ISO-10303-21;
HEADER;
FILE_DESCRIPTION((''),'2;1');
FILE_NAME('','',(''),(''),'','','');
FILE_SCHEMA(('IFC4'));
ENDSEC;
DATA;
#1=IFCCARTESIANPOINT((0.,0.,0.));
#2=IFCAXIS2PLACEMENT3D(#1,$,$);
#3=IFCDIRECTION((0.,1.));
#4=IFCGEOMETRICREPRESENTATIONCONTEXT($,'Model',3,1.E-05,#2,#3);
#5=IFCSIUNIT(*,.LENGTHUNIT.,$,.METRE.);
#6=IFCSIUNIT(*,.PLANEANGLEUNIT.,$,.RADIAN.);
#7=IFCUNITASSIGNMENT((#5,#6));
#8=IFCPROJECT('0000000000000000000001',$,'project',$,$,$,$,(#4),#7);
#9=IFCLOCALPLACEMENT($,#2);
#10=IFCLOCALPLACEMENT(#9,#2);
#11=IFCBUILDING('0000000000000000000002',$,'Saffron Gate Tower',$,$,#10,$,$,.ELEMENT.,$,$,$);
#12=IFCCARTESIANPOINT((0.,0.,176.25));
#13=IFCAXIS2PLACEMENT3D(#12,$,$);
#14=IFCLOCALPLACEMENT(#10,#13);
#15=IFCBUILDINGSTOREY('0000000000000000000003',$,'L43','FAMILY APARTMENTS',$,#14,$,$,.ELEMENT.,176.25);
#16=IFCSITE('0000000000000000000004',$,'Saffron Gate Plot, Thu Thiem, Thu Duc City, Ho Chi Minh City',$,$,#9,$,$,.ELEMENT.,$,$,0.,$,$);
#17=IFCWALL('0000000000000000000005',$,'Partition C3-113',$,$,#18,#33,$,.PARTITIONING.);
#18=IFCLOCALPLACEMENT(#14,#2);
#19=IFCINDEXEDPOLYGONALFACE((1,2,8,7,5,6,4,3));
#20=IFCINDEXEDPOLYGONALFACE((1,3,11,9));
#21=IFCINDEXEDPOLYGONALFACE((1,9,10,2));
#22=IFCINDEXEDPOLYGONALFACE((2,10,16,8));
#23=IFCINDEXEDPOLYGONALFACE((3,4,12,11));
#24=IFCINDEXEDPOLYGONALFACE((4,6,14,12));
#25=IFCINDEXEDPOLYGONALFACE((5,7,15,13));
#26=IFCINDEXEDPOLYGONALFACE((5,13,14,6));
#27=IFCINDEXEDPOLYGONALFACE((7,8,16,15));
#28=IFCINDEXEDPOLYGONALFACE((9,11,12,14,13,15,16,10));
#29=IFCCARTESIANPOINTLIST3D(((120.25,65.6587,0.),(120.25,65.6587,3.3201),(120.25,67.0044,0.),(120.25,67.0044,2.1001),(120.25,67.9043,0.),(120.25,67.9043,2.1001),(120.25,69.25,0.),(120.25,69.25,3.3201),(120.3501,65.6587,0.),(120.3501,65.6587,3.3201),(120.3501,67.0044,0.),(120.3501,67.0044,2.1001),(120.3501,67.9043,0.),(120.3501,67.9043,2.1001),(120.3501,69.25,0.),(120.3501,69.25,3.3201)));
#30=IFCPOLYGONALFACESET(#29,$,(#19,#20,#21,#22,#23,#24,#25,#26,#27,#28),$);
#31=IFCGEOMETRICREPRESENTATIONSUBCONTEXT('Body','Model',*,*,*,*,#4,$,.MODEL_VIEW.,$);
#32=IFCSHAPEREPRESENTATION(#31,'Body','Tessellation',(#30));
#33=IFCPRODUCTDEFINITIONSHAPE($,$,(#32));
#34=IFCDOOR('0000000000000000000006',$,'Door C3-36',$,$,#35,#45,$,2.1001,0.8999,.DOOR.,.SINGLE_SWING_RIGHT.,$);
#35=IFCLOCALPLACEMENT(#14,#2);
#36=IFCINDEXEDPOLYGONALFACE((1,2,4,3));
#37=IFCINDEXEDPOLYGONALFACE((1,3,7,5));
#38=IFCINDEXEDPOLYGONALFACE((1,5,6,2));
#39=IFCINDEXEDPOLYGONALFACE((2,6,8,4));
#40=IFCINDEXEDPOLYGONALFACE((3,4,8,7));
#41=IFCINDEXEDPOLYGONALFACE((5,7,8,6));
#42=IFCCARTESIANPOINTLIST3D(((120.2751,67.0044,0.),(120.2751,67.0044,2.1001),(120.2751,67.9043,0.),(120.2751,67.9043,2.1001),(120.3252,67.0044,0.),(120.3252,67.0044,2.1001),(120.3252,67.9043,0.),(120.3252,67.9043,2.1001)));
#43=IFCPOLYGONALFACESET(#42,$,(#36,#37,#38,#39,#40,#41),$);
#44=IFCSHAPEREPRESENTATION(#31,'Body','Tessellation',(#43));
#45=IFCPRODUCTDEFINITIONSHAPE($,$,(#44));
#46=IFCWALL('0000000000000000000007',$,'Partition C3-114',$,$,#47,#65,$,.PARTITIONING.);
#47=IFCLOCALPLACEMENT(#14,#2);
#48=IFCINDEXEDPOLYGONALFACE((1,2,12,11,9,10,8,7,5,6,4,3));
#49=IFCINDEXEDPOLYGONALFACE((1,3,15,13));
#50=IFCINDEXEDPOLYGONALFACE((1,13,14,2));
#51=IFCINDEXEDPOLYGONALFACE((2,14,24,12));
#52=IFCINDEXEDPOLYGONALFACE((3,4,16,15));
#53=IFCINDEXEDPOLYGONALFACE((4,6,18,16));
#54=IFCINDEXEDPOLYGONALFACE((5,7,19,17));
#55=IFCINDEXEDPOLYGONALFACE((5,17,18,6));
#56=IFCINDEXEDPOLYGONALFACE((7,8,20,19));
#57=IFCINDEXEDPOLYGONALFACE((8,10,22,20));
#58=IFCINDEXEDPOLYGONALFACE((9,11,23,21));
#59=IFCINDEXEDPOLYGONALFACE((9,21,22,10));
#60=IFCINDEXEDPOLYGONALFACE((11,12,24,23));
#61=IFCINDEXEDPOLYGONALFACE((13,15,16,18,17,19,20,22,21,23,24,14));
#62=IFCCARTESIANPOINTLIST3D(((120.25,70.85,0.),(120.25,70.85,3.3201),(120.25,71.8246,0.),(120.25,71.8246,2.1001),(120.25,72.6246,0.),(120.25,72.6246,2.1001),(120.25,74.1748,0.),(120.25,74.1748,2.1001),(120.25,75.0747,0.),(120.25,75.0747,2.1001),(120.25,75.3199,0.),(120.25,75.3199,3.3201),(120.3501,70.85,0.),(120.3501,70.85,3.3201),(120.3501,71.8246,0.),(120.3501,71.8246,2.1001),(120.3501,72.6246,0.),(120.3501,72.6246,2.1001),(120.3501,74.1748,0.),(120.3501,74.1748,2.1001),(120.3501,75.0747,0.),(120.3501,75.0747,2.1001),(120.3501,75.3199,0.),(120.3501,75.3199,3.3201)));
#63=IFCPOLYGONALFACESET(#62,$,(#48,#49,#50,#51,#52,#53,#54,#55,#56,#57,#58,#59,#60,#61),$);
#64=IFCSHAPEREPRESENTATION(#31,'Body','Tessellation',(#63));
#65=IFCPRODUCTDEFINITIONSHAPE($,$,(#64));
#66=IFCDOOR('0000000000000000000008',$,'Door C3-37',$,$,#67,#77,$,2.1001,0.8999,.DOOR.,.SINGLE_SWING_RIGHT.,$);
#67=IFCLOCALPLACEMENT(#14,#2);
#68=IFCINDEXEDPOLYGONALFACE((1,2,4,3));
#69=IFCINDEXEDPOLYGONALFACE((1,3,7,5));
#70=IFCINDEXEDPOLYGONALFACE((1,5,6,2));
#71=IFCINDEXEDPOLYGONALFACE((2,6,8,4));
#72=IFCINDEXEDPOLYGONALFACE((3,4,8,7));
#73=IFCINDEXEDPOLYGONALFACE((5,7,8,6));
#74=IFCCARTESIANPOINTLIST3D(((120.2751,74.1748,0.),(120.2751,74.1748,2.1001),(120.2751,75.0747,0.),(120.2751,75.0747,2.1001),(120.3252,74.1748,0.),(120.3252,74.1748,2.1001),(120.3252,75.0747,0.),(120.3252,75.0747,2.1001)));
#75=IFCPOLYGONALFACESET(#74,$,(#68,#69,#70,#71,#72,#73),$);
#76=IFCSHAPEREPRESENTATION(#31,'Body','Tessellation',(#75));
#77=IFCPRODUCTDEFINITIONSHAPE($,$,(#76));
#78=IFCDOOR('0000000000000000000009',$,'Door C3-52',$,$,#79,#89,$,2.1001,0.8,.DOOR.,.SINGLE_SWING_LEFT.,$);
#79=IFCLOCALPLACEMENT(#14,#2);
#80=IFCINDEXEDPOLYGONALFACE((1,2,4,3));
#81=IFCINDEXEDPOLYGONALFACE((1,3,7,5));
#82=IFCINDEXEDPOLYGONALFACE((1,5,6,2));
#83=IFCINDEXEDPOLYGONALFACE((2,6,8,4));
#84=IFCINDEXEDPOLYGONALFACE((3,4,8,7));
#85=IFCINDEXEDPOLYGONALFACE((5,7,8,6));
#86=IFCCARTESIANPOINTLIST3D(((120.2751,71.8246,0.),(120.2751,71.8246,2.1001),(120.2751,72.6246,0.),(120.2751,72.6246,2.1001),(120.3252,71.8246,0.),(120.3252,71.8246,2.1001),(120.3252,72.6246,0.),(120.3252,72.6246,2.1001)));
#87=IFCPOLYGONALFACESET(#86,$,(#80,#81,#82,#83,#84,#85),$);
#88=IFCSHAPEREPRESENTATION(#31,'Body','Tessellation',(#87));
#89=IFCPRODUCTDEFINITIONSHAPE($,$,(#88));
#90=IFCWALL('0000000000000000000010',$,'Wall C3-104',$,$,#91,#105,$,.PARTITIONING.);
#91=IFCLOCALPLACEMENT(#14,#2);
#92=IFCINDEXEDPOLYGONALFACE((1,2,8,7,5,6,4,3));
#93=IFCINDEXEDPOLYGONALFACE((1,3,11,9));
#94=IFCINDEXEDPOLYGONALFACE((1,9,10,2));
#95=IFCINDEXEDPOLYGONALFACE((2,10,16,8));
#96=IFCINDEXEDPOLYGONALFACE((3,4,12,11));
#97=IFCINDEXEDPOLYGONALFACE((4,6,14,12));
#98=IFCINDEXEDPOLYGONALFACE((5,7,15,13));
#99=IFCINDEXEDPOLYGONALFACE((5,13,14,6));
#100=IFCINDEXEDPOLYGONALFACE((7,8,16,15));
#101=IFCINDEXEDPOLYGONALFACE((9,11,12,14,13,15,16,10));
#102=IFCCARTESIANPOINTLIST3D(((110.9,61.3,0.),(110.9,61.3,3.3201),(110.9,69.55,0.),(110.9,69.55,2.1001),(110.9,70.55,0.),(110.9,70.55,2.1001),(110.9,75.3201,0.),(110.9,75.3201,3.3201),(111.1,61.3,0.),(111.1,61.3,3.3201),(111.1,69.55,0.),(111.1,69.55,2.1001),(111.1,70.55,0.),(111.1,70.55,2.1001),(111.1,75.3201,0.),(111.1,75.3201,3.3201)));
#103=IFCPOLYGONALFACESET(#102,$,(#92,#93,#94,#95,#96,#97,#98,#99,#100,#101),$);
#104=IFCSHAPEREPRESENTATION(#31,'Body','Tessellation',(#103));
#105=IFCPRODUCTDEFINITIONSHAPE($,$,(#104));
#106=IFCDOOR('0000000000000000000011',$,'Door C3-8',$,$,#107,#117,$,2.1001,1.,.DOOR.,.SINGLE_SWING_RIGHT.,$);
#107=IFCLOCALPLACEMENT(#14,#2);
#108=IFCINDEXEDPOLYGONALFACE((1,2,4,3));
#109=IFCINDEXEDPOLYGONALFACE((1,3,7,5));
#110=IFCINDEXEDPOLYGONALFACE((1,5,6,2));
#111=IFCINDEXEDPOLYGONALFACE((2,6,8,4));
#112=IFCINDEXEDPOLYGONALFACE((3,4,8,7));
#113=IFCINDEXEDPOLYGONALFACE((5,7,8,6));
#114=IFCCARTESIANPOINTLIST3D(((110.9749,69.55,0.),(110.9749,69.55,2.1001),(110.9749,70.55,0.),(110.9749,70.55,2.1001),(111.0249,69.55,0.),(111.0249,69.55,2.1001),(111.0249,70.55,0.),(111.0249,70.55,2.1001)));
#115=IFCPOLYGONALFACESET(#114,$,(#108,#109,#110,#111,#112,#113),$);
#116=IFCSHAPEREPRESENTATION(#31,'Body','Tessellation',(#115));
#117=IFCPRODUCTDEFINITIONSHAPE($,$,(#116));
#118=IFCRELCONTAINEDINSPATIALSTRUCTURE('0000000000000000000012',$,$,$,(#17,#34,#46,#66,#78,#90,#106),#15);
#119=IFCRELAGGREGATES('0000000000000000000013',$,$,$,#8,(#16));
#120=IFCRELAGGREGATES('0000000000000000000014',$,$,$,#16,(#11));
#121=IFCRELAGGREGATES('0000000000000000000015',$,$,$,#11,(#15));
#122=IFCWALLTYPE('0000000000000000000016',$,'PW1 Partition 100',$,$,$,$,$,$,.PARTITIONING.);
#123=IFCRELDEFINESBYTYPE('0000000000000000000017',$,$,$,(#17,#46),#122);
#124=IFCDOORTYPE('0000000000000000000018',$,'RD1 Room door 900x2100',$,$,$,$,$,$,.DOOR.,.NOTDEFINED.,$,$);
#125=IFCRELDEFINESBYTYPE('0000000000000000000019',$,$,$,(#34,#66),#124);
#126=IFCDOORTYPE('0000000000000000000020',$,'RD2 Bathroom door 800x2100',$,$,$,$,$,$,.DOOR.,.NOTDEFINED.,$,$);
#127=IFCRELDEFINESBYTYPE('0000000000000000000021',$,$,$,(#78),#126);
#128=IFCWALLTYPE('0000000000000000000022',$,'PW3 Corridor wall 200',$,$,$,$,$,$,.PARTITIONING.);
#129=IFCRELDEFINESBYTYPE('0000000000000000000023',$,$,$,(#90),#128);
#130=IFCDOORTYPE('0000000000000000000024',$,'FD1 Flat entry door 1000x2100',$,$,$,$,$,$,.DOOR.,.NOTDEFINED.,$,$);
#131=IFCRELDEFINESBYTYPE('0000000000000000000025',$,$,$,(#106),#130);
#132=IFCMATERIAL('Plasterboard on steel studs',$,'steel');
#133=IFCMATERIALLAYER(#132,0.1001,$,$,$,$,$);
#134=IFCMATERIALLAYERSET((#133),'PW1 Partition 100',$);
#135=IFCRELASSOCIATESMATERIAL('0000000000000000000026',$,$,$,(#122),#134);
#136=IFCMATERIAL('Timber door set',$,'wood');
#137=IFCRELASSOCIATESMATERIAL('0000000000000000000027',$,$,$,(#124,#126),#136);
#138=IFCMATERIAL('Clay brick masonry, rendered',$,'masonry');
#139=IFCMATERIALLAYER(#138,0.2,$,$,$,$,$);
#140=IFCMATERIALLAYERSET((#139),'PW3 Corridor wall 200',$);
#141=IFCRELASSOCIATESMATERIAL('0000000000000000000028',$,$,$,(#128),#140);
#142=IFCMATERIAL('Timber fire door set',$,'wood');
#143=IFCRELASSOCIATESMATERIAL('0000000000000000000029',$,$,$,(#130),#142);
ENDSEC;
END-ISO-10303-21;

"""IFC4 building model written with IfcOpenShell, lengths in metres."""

from ifc_helpers import new_model, si_unit, direction, frame, frame_2d, origin, place, context, subcontext, project, spatial, rectangle, extrude, material, layer, layer_set, type_object, element, fill, save


model = new_model("IFC4")

# Units and contexts
model_context = context("Model", 3, precision=1e-05, world=origin(), true_north=direction((0.0, 1.0)))
body_context = subcontext(model_context, "Body", "Model", "MODEL_VIEW")
ifc_project = project(units=[si_unit("LENGTHUNIT", "METRE"), si_unit("PLANEANGLEUNIT", "RADIAN")], contexts=[model_context])

# Site, building, storey
site_placement = place(None, origin())
site = spatial("IfcSite", under=ifc_project, at=site_placement, Name="Saffron Gate Plot, Thu Thiem, Thu Duc City, Ho Chi Minh City", CompositionType="ELEMENT", RefElevation=0.0)
building_placement = place(site_placement, origin())
building = spatial("IfcBuilding", under=site, at=building_placement, Name="Saffron Gate Tower", CompositionType="ELEMENT")
storey_placement = place(building_placement, frame((0.0, 0.0, 176.25)))
storey = spatial("IfcBuildingStorey", under=building, at=storey_placement, Name="L43", Description="FAMILY APARTMENTS", CompositionType="ELEMENT", Elevation=176.25)

# Shared definitions
ifc_material_1 = material(Name="Plasterboard on steel studs", Category="steel")
ifc_layer_1 = layer(ifc_material_1, 0.1001)
ifc_layer_set_1 = layer_set([ifc_layer_1], Name="PW1 Partition 100")
wall_type_1 = type_object("IfcWallType", Name="PW1 Partition 100", PredefinedType="PARTITIONING", material=ifc_layer_set_1)

# Wall, opening, door
wall_1_placement = place(storey_placement, frame((120.3, 65.6587, 0.0), z_axis=(0.0, 0.0, 1.0), x_axis=(0.0, 1.0, 0.0)))
wall_1 = element("IfcWall", 1, at=wall_1_placement, inside=storey, type_object=wall_type_1, Name="Partition C3-113", PredefinedType="PARTITIONING", context=body_context, shape_type="SweptSolid", body=[
    extrude(rectangle(XDim=3.5913, YDim=0.1001, at=frame_2d((1.7957, 0.0))), origin(), (0.0, 0.0, 1.0), 3.3201),
])
opening_1_placement = place(wall_1_placement, frame((1.3457, 0.0, 0.0)))
opening_1 = element("IfcOpeningElement", 2, at=opening_1_placement, cuts=wall_1, PredefinedType="OPENING", context=body_context, shape_type="SweptSolid", body=[
    extrude(rectangle(XDim=0.8999, YDim=2.1001, at=frame_2d((0.45, 1.05))), frame((0.0, 0.0601, 0.0), z_axis=(0.0, -1.0, 0.0), x_axis=(1.0, 0.0, 0.0)), (0.0, 0.0, 1.0), 0.1201),
])
ifc_material_2 = material(Name="Timber door set", Category="wood")
door_type_1 = type_object("IfcDoorType", Name="RD1 Room door 900x2100", OperationType="NOTDEFINED", PredefinedType="DOOR", material=ifc_material_2)
door_1_placement = place(opening_1_placement, origin())
door_1 = element("IfcDoor", 3, at=door_1_placement, inside=storey, type_object=door_type_1, Name="Door C3-36", OperationType="SINGLE_SWING_RIGHT", OverallHeight=2.1001, OverallWidth=0.8999, PredefinedType="DOOR", context=body_context, shape_type="SweptSolid", body=[
    extrude(rectangle(XDim=0.8999, YDim=2.1001, at=frame_2d((0.45, 1.05))), frame((0.0, 0.0249, 0.0), z_axis=(0.0, -1.0, 0.0), x_axis=(1.0, 0.0, 0.0)), (0.0, 0.0, 1.0), 0.05),
])
fill(opening_1, door_1)

# Wall, openings, doors
wall_2_placement = place(storey_placement, frame((120.3, 70.8501, 0.0), z_axis=(0.0, 0.0, 1.0), x_axis=(0.0, 1.0, 0.0)))
wall_2 = element("IfcWall", 4, at=wall_2_placement, inside=storey, type_object=wall_type_1, Name="Partition C3-114", PredefinedType="PARTITIONING", context=body_context, shape_type="SweptSolid", body=[
    extrude(rectangle(XDim=4.47, YDim=0.1001, at=frame_2d((2.2349, 0.0))), origin(), (0.0, 0.0, 1.0), 3.3201),
])
opening_2_placement = place(wall_2_placement, frame((0.9746, 0.0, 0.0)))
opening_2 = element("IfcOpeningElement", 5, at=opening_2_placement, cuts=wall_2, PredefinedType="OPENING", context=body_context, shape_type="SweptSolid", body=[
    extrude(rectangle(XDim=0.8, YDim=2.1001, at=frame_2d((0.3999, 1.05))), frame((0.0, 0.0601, 0.0), z_axis=(0.0, -1.0, 0.0), x_axis=(1.0, 0.0, 0.0)), (0.0, 0.0, 1.0), 0.1201),
])
opening_3_placement = place(wall_2_placement, frame((3.3247, 0.0, 0.0)))
opening_3 = element("IfcOpeningElement", 6, at=opening_3_placement, cuts=wall_2, PredefinedType="OPENING", context=body_context, shape_type="SweptSolid", body=[
    extrude(rectangle(XDim=0.8999, YDim=2.1001, at=frame_2d((0.45, 1.05))), frame((0.0, 0.0601, 0.0), z_axis=(0.0, -1.0, 0.0), x_axis=(1.0, 0.0, 0.0)), (0.0, 0.0, 1.0), 0.1201),
])
door_2_placement = place(opening_3_placement, origin())
door_2 = element("IfcDoor", 7, at=door_2_placement, inside=storey, type_object=door_type_1, Name="Door C3-37", OperationType="SINGLE_SWING_RIGHT", OverallHeight=2.1001, OverallWidth=0.8999, PredefinedType="DOOR", context=body_context, shape_type="SweptSolid", body=[
    extrude(rectangle(XDim=0.8999, YDim=2.1001, at=frame_2d((0.45, 1.05))), frame((0.0, 0.0249, 0.0), z_axis=(0.0, -1.0, 0.0), x_axis=(1.0, 0.0, 0.0)), (0.0, 0.0, 1.0), 0.05),
])
fill(opening_3, door_2)
door_type_2 = type_object("IfcDoorType", Name="RD2 Bathroom door 800x2100", OperationType="NOTDEFINED", PredefinedType="DOOR", material=ifc_material_2)
door_3_placement = place(opening_2_placement, origin())
door_3 = element("IfcDoor", 8, at=door_3_placement, inside=storey, type_object=door_type_2, Name="Door C3-52", OperationType="SINGLE_SWING_LEFT", OverallHeight=2.1001, OverallWidth=0.8, PredefinedType="DOOR", context=body_context, shape_type="SweptSolid", body=[
    extrude(rectangle(XDim=0.8, YDim=2.1001, at=frame_2d((0.3999, 1.05))), frame((0.0, 0.0249, 0.0), z_axis=(0.0, -1.0, 0.0), x_axis=(1.0, 0.0, 0.0)), (0.0, 0.0, 1.0), 0.05),
])
fill(opening_2, door_3)

# Wall, opening, door
ifc_material_3 = material(Name="Clay brick masonry, rendered", Category="masonry")
ifc_layer_2 = layer(ifc_material_3, 0.2)
ifc_layer_set_2 = layer_set([ifc_layer_2], Name="PW3 Corridor wall 200")
wall_type_2 = type_object("IfcWallType", Name="PW3 Corridor wall 200", PredefinedType="PARTITIONING", material=ifc_layer_set_2)
wall_3_placement = place(storey_placement, frame((111.0, 75.3201, 0.0), z_axis=(0.0, 0.0, 1.0), x_axis=(0.0, -1.0, 0.0)))
wall_3 = element("IfcWall", 9, at=wall_3_placement, inside=storey, type_object=wall_type_2, Name="Wall C3-104", PredefinedType="PARTITIONING", context=body_context, shape_type="SweptSolid", body=[
    extrude(rectangle(XDim=14.02, YDim=0.2, at=frame_2d((7.01, 0.0))), origin(), (0.0, 0.0, 1.0), 3.3201),
])
opening_4_placement = place(wall_3_placement, frame((4.77, 0.0, 0.0)))
opening_4 = element("IfcOpeningElement", 10, at=opening_4_placement, cuts=wall_3, PredefinedType="OPENING", context=body_context, shape_type="SweptSolid", body=[
    extrude(rectangle(XDim=1.0, YDim=2.1001, at=frame_2d((0.5, 1.05))), frame((0.0, 0.1099, 0.0), z_axis=(0.0, -1.0, 0.0), x_axis=(1.0, 0.0, 0.0)), (0.0, 0.0, 1.0), 0.22),
])
ifc_material_4 = material(Name="Timber fire door set", Category="wood")
door_type_3 = type_object("IfcDoorType", Name="FD1 Flat entry door 1000x2100", OperationType="NOTDEFINED", PredefinedType="DOOR", material=ifc_material_4)
door_4_placement = place(opening_4_placement, origin())
door_4 = element("IfcDoor", 11, at=door_4_placement, inside=storey, type_object=door_type_3, Name="Door C3-8", OperationType="SINGLE_SWING_RIGHT", OverallHeight=2.1001, OverallWidth=1.0, PredefinedType="DOOR", context=body_context, shape_type="SweptSolid", body=[
    extrude(rectangle(XDim=1.0, YDim=2.1001, at=frame_2d((0.5, 1.05))), frame((0.0, 0.0249, 0.0), z_axis=(0.0, -1.0, 0.0), x_axis=(1.0, 0.0, 0.0)), (0.0, 0.0, 1.0), 0.05),
])
fill(opening_4, door_4)

save(model, "model.ifc")
